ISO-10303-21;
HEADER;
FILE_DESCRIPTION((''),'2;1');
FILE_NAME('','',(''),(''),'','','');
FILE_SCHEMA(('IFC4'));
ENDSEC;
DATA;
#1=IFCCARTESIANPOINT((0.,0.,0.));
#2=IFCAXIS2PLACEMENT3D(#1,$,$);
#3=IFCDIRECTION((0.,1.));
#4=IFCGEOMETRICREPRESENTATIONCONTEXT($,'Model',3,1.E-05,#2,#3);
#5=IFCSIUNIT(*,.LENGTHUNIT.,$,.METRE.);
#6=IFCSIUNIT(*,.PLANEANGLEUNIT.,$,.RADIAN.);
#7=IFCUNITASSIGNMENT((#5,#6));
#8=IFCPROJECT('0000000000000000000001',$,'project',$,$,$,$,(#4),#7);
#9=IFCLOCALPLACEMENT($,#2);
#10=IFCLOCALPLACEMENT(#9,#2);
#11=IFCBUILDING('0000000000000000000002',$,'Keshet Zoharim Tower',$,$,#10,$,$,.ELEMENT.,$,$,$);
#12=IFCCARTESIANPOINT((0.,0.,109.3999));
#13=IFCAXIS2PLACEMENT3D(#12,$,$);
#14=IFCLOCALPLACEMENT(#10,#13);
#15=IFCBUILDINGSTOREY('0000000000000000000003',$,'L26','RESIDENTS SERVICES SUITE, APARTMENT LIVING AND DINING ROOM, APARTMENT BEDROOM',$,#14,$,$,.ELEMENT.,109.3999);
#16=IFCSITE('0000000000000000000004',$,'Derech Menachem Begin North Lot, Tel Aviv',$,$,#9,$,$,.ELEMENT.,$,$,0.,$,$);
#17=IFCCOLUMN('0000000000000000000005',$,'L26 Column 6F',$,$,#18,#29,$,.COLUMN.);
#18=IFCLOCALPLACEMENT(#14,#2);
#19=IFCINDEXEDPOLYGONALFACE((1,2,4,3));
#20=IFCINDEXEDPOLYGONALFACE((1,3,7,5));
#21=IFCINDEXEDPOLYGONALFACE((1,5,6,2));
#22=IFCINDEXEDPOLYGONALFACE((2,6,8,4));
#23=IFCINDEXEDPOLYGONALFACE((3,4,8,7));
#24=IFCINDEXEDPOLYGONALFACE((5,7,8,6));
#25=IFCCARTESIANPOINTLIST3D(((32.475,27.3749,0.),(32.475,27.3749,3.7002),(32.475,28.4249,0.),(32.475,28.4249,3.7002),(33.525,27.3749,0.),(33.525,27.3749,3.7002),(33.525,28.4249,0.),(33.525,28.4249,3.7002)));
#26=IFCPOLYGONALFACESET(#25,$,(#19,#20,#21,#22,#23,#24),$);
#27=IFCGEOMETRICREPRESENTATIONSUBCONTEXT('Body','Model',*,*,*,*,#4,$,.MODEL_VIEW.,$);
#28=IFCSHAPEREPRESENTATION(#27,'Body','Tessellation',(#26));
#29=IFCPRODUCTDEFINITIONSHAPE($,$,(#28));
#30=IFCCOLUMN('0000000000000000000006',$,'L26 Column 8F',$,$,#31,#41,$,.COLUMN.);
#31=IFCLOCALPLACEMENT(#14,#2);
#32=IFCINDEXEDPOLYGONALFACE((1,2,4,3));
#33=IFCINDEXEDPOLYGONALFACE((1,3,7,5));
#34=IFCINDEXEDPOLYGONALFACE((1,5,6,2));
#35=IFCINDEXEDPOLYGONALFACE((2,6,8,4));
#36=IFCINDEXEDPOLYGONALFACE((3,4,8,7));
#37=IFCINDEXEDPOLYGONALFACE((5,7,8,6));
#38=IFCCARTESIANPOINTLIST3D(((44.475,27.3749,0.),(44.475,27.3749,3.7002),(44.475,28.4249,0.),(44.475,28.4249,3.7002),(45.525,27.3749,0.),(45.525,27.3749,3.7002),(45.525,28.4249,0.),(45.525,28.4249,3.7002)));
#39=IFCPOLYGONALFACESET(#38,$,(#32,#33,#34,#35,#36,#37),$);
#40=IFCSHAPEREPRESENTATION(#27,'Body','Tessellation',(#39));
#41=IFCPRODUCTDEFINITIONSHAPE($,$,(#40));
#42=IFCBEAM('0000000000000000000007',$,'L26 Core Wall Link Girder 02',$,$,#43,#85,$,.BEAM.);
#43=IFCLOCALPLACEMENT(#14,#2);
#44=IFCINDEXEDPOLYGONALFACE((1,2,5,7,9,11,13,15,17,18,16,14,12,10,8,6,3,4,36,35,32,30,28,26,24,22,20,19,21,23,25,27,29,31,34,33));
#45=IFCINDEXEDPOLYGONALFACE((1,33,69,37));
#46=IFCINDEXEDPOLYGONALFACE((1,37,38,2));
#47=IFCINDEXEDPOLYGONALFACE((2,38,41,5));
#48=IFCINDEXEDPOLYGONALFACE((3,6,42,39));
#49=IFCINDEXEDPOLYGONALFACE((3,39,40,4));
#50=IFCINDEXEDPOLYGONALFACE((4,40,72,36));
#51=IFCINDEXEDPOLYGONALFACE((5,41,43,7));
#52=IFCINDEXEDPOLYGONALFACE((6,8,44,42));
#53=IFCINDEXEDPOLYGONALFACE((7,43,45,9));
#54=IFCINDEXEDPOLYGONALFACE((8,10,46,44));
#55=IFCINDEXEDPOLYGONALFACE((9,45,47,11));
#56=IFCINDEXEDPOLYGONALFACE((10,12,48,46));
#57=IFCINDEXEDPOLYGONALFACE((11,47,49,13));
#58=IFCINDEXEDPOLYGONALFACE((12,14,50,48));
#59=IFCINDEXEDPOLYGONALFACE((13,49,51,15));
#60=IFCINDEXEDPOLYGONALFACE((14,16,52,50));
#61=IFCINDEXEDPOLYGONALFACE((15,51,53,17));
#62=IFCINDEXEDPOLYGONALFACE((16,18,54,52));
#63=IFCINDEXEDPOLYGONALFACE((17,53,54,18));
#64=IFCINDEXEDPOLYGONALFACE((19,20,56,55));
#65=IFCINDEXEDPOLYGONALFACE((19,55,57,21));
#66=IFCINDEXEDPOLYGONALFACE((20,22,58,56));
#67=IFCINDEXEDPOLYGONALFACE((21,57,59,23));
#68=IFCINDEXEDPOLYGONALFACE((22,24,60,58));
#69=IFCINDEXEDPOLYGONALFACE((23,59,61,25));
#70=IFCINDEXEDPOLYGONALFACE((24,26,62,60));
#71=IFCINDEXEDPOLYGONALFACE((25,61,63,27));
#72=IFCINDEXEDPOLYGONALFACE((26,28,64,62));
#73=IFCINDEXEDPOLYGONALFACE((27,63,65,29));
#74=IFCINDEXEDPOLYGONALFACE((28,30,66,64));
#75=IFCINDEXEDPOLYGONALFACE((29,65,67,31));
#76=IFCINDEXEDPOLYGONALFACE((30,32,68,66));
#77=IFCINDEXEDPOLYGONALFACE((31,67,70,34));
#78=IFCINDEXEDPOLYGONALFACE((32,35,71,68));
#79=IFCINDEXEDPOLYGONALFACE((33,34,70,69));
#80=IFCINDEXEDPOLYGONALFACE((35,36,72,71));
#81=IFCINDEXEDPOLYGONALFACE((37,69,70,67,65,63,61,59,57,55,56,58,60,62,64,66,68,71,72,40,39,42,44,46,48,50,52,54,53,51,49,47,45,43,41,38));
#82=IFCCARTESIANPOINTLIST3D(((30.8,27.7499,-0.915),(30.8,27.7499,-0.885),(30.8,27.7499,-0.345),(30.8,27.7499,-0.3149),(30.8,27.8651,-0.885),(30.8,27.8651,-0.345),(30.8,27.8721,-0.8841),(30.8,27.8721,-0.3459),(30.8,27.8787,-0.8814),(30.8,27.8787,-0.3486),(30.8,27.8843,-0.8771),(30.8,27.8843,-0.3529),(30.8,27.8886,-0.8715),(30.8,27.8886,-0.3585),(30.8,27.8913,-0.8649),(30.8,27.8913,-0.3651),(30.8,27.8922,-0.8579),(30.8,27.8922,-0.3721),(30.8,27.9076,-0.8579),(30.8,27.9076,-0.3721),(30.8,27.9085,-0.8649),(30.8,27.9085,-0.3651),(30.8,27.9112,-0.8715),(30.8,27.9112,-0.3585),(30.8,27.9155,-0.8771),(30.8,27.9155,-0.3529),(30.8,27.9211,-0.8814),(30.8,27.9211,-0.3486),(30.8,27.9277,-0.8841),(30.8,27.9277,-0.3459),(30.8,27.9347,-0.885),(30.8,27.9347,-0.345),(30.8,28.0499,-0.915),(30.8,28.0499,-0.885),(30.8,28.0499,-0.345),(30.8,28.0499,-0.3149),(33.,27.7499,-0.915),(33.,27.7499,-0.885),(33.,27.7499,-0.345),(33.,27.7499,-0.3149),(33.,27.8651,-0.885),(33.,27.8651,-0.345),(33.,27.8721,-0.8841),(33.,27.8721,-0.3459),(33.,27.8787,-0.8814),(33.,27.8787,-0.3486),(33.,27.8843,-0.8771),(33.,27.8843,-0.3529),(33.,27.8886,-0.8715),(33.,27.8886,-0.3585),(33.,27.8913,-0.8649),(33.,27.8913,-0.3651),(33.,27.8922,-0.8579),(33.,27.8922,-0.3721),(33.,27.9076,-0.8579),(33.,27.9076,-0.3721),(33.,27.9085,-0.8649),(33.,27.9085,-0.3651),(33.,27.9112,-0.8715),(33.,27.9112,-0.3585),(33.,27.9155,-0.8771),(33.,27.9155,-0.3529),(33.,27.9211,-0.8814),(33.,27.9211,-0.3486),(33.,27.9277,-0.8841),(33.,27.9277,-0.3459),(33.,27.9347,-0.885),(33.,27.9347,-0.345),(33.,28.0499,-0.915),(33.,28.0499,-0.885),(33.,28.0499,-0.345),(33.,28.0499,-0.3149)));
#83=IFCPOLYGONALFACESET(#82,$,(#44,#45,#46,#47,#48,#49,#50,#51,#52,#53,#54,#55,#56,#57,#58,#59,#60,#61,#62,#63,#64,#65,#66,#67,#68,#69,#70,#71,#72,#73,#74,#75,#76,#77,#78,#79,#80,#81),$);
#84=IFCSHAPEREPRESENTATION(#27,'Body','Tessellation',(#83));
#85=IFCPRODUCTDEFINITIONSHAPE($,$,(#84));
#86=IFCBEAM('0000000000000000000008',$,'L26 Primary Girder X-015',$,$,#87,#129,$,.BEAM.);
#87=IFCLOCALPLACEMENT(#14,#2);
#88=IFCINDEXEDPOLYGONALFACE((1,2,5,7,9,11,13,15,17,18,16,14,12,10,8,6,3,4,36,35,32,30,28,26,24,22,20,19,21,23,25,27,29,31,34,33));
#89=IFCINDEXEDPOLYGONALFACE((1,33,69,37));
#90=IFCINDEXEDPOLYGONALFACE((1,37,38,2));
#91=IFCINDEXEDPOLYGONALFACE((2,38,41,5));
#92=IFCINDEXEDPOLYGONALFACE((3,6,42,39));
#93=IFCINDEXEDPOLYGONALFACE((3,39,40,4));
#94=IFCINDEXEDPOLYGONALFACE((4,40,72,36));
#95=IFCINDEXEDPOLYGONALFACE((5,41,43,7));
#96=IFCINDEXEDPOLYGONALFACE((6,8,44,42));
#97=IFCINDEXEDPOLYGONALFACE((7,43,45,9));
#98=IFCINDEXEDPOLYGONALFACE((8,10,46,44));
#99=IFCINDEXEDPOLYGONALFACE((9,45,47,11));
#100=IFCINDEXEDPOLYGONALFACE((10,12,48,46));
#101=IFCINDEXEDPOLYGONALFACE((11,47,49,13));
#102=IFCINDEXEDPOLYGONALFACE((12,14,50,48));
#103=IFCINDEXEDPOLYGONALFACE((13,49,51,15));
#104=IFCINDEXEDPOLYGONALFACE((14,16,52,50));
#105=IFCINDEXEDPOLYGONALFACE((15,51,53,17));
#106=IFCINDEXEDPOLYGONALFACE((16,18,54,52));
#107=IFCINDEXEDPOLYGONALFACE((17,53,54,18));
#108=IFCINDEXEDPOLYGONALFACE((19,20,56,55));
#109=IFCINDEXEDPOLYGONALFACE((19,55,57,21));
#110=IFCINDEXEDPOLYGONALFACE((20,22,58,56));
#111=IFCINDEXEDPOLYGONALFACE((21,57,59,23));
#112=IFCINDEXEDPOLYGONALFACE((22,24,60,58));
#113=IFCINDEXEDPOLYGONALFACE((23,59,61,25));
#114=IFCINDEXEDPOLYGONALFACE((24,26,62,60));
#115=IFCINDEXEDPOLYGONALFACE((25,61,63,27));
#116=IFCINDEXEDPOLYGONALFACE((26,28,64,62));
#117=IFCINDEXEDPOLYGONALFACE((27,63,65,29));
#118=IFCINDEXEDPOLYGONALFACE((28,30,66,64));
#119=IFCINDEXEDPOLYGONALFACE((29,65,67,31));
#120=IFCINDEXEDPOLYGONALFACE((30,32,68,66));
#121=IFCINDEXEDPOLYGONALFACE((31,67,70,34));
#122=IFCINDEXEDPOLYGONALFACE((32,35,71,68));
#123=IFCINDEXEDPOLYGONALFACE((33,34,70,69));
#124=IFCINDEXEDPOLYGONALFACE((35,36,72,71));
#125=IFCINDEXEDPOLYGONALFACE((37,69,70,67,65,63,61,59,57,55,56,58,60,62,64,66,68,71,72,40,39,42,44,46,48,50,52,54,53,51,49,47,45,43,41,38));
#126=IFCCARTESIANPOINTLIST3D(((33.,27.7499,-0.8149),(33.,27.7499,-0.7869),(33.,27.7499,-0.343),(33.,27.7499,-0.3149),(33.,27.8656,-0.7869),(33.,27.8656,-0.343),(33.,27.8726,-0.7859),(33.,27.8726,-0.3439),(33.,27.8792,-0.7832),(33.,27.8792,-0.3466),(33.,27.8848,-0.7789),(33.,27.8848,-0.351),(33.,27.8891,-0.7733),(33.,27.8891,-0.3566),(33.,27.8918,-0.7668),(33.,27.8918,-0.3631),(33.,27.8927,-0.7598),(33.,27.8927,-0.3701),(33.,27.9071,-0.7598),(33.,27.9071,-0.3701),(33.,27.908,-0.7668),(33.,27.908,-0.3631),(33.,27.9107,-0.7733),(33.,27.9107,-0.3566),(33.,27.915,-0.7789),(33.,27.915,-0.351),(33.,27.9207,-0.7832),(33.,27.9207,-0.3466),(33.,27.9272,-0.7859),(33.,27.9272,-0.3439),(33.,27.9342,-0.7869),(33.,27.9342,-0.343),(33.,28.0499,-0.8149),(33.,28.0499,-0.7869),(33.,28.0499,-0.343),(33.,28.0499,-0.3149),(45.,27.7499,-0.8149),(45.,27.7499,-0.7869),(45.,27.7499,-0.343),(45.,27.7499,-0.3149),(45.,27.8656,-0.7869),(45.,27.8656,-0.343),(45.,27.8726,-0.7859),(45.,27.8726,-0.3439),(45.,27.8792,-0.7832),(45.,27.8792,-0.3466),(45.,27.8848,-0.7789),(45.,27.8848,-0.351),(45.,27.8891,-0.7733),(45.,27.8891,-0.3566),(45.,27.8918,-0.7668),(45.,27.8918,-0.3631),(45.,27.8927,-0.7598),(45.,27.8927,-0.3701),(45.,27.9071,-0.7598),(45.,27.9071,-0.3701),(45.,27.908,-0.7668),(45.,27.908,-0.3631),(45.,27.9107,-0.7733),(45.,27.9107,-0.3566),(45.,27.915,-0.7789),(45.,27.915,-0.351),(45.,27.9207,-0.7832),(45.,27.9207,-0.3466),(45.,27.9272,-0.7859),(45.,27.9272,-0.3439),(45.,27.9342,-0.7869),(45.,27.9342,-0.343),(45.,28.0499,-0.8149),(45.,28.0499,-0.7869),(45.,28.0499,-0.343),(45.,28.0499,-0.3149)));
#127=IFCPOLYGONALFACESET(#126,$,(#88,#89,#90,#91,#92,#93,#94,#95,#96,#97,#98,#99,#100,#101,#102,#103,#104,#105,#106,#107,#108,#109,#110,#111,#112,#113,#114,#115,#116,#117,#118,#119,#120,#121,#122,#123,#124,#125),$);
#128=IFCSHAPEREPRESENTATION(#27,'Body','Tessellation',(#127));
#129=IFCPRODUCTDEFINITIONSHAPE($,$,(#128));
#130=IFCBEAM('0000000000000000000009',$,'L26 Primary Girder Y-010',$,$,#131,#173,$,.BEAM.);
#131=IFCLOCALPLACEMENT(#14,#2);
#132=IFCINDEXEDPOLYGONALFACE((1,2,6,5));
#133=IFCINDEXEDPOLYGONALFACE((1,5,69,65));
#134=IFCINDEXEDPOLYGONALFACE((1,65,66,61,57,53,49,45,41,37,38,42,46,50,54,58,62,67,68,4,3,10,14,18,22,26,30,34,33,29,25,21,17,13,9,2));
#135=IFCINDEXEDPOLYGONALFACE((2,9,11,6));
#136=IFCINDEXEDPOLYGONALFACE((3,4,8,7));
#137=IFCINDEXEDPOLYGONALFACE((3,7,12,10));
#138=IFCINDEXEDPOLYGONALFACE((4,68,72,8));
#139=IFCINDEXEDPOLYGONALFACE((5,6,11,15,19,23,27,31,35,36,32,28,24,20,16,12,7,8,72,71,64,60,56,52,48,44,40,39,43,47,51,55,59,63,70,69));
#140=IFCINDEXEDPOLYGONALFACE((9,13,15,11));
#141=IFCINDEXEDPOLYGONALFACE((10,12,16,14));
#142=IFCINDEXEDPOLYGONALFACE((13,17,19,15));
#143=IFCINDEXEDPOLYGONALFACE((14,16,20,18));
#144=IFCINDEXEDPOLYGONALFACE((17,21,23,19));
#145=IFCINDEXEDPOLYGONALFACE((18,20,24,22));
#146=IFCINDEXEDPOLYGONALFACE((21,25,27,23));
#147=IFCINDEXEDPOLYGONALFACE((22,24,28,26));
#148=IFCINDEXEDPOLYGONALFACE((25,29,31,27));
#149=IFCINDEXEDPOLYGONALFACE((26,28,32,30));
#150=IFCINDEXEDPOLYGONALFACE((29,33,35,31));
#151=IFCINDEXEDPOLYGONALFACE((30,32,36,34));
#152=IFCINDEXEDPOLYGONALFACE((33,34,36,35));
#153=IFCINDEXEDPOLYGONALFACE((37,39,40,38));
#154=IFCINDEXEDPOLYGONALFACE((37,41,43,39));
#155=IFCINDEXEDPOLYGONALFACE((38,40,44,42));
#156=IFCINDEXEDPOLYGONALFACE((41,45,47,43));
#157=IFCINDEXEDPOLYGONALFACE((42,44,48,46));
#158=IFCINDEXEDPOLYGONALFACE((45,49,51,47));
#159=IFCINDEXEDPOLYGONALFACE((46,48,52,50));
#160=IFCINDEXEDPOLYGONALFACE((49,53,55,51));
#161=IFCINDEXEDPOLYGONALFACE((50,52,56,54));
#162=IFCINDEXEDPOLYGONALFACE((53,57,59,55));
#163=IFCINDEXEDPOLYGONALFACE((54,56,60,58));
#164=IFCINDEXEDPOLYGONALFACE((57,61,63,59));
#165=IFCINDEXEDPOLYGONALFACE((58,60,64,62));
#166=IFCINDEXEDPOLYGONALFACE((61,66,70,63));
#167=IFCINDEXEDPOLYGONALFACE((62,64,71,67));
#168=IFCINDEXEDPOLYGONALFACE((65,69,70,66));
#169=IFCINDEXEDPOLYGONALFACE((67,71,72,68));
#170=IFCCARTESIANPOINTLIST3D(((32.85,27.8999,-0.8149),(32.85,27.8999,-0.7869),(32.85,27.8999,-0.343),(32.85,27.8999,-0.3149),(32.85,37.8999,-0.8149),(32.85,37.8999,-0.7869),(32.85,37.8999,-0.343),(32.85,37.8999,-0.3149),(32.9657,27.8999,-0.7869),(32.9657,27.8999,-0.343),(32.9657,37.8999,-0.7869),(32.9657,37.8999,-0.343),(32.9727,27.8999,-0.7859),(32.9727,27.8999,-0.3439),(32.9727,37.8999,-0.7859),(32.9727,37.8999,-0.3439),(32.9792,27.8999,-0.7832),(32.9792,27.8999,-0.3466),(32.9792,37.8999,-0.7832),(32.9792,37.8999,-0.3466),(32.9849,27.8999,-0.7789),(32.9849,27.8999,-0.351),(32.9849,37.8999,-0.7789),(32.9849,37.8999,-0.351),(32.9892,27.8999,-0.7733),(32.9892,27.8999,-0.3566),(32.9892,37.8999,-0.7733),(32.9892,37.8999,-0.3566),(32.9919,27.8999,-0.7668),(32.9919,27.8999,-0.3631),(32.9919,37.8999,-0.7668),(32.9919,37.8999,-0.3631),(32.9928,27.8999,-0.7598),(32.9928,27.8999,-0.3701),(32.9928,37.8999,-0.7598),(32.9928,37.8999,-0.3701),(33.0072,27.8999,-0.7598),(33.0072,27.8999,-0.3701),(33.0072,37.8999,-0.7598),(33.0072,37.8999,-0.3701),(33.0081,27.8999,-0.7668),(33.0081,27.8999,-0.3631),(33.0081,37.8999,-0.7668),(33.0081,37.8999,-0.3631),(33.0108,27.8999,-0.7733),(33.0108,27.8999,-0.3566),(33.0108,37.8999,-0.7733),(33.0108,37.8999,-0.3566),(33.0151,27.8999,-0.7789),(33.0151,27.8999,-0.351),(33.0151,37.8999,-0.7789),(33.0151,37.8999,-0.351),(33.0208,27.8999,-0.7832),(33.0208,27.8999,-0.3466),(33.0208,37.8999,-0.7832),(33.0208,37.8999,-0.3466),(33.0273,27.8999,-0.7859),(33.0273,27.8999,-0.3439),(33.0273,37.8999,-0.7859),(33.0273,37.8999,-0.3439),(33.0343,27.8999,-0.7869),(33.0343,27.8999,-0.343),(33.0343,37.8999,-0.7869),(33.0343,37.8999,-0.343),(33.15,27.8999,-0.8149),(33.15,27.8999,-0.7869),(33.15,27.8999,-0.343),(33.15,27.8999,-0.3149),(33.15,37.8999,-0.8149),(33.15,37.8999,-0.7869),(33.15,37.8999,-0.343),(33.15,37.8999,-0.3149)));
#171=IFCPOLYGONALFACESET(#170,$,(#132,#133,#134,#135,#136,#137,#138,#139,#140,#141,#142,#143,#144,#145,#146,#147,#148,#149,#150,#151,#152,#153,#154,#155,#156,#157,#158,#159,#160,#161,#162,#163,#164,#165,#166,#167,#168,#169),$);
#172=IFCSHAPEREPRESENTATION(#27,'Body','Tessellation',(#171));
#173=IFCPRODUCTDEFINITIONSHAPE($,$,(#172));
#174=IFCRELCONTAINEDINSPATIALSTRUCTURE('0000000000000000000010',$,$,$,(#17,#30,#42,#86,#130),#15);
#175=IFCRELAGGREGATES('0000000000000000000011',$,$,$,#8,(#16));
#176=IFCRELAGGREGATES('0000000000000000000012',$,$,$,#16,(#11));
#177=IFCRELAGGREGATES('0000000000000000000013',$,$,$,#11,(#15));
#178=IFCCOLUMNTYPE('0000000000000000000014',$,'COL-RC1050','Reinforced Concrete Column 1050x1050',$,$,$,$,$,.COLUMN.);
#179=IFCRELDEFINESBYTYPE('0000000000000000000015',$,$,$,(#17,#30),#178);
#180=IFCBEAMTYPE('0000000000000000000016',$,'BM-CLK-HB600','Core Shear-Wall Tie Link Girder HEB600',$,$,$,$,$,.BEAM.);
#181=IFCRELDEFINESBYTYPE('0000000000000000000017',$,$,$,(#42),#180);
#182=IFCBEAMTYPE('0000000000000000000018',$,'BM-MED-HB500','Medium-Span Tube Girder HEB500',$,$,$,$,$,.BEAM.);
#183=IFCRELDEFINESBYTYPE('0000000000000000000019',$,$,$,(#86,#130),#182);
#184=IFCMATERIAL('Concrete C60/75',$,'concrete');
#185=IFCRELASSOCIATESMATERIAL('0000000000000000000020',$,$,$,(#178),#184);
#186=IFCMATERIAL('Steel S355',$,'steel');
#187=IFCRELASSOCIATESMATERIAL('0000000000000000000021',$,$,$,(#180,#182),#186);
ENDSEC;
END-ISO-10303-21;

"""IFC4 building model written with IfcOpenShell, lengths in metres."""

from ifc_helpers import new_model, si_unit, direction, frame, origin, origin_2d, place, context, subcontext, project, spatial, rectangle, i_section, extrude, material, material_profile, profile_set, type_object, element, save


model = new_model("IFC4")

# Units and contexts
model_context = context("Model", 3, precision=1e-05, world=origin(), true_north=direction((0.0, 1.0)))
body_context = subcontext(model_context, "Body", "Model", "MODEL_VIEW")
ifc_project = project(units=[si_unit("LENGTHUNIT", "METRE"), si_unit("PLANEANGLEUNIT", "RADIAN")], contexts=[model_context])

# Site, building, storey
site_placement = place(None, origin())
site = spatial("IfcSite", under=ifc_project, at=site_placement, Name="Derech Menachem Begin North Lot, Tel Aviv", CompositionType="ELEMENT", RefElevation=0.0)
building_placement = place(site_placement, origin())
building = spatial("IfcBuilding", under=site, at=building_placement, Name="Keshet Zoharim Tower", CompositionType="ELEMENT")
storey_placement = place(building_placement, frame((0.0, 0.0, 109.3999)))
storey = spatial("IfcBuildingStorey", under=building, at=storey_placement, Name="L26", Description="RESIDENTS SERVICES SUITE, APARTMENT LIVING AND DINING ROOM, APARTMENT BEDROOM", CompositionType="ELEMENT", Elevation=109.3999)

# Columns
ifc_material_1 = material(Name="Concrete C60/75", Category="concrete")
ifc_material_profile_1 = material_profile(ifc_material_1, rectangle(XDim=1.05, YDim=1.05, at=origin_2d()), Name="RC1050x1050")
ifc_profile_set_1 = profile_set([ifc_material_profile_1], Name="Concrete C60/75")
column_type = type_object("IfcColumnType", Name="COL-RC1050", Description="Reinforced Concrete Column 1050x1050", PredefinedType="COLUMN", material=ifc_profile_set_1)
for number, where, z_axis, x_axis, name in (
    (1, (33.0, 27.8999, 0.0), (0.0, 0.0, 1.0), (1.0, 0.0, 0.0), "L26 Column 6F"),
    (2, (45.0, 27.8999, 0.0), (0.0, 0.0, 1.0), (1.0, 0.0, 0.0), "L26 Column 8F"),
):
    element("IfcColumn", number, at=place(storey_placement, frame(where, z_axis=z_axis, x_axis=x_axis)), inside=storey, type_object=column_type, Name=name, PredefinedType="COLUMN", context=body_context, shape_type="SweptSolid", body=[
        extrude(rectangle(XDim=1.05, YDim=1.05, at=origin_2d()), origin(), (0.0, 0.0, 1.0), 3.7002),
    ])

# Beams
ifc_material_2 = material(Name="Steel S355", Category="steel")
ifc_material_profile_2 = material_profile(ifc_material_2, i_section(OverallWidth=0.3, OverallDepth=0.6001, WebThickness=0.0154, FlangeThickness=0.03, FilletRadius=0.0271, at=origin_2d()), Name="HEB600")
ifc_profile_set_2 = profile_set([ifc_material_profile_2], Name="Steel S355")
beam_type_1 = type_object("IfcBeamType", Name="BM-CLK-HB600", Description="Core Shear-Wall Tie Link Girder HEB600", PredefinedType="BEAM", material=ifc_profile_set_2)
beam_1_placement = place(storey_placement, frame((30.8, 27.8999, -0.615), z_axis=(1.0, 0.0, 0.0), x_axis=(0.0, 1.0, 0.0)))
element("IfcBeam", 3, at=beam_1_placement, inside=storey, type_object=beam_type_1, Name="L26 Core Wall Link Girder 02", PredefinedType="BEAM", context=body_context, shape_type="SweptSolid", body=[
    extrude(i_section(OverallWidth=0.3, OverallDepth=0.6001, WebThickness=0.0154, FlangeThickness=0.03, FilletRadius=0.0271, at=origin_2d()), origin(), (0.0, 0.0, 1.0), 2.2),
])
ifc_material_profile_3 = material_profile(ifc_material_2, i_section(OverallWidth=0.3, OverallDepth=0.5, WebThickness=0.0144, FlangeThickness=0.0281, FilletRadius=0.0271, at=origin_2d()), Name="HEB500")
ifc_profile_set_3 = profile_set([ifc_material_profile_3], Name="Steel S355")
beam_type_2 = type_object("IfcBeamType", Name="BM-MED-HB500", Description="Medium-Span Tube Girder HEB500", PredefinedType="BEAM", material=ifc_profile_set_3)
beam_2_placement = place(storey_placement, frame((33.0, 27.8999, -0.5649), z_axis=(1.0, 0.0, 0.0), x_axis=(0.0, 1.0, 0.0)))
element("IfcBeam", 4, at=beam_2_placement, inside=storey, type_object=beam_type_2, Name="L26 Primary Girder X-015", PredefinedType="BEAM", context=body_context, shape_type="SweptSolid", body=[
    extrude(i_section(OverallWidth=0.3, OverallDepth=0.5, WebThickness=0.0144, FlangeThickness=0.0281, FilletRadius=0.0271, at=origin_2d()), origin(), (0.0, 0.0, 1.0), 12.0),
])
beam_3_placement = place(storey_placement, frame((33.0, 27.8999, -0.5649), z_axis=(0.0, 1.0, 0.0), x_axis=(-1.0, 0.0, 0.0)))
element("IfcBeam", 5, at=beam_3_placement, inside=storey, type_object=beam_type_2, Name="L26 Primary Girder Y-010", PredefinedType="BEAM", context=body_context, shape_type="SweptSolid", body=[
    extrude(i_section(OverallWidth=0.3, OverallDepth=0.5, WebThickness=0.0144, FlangeThickness=0.0281, FilletRadius=0.0271, at=origin_2d()), origin(), (0.0, 0.0, 1.0), 10.0),
])

save(model, "model.ifc")
